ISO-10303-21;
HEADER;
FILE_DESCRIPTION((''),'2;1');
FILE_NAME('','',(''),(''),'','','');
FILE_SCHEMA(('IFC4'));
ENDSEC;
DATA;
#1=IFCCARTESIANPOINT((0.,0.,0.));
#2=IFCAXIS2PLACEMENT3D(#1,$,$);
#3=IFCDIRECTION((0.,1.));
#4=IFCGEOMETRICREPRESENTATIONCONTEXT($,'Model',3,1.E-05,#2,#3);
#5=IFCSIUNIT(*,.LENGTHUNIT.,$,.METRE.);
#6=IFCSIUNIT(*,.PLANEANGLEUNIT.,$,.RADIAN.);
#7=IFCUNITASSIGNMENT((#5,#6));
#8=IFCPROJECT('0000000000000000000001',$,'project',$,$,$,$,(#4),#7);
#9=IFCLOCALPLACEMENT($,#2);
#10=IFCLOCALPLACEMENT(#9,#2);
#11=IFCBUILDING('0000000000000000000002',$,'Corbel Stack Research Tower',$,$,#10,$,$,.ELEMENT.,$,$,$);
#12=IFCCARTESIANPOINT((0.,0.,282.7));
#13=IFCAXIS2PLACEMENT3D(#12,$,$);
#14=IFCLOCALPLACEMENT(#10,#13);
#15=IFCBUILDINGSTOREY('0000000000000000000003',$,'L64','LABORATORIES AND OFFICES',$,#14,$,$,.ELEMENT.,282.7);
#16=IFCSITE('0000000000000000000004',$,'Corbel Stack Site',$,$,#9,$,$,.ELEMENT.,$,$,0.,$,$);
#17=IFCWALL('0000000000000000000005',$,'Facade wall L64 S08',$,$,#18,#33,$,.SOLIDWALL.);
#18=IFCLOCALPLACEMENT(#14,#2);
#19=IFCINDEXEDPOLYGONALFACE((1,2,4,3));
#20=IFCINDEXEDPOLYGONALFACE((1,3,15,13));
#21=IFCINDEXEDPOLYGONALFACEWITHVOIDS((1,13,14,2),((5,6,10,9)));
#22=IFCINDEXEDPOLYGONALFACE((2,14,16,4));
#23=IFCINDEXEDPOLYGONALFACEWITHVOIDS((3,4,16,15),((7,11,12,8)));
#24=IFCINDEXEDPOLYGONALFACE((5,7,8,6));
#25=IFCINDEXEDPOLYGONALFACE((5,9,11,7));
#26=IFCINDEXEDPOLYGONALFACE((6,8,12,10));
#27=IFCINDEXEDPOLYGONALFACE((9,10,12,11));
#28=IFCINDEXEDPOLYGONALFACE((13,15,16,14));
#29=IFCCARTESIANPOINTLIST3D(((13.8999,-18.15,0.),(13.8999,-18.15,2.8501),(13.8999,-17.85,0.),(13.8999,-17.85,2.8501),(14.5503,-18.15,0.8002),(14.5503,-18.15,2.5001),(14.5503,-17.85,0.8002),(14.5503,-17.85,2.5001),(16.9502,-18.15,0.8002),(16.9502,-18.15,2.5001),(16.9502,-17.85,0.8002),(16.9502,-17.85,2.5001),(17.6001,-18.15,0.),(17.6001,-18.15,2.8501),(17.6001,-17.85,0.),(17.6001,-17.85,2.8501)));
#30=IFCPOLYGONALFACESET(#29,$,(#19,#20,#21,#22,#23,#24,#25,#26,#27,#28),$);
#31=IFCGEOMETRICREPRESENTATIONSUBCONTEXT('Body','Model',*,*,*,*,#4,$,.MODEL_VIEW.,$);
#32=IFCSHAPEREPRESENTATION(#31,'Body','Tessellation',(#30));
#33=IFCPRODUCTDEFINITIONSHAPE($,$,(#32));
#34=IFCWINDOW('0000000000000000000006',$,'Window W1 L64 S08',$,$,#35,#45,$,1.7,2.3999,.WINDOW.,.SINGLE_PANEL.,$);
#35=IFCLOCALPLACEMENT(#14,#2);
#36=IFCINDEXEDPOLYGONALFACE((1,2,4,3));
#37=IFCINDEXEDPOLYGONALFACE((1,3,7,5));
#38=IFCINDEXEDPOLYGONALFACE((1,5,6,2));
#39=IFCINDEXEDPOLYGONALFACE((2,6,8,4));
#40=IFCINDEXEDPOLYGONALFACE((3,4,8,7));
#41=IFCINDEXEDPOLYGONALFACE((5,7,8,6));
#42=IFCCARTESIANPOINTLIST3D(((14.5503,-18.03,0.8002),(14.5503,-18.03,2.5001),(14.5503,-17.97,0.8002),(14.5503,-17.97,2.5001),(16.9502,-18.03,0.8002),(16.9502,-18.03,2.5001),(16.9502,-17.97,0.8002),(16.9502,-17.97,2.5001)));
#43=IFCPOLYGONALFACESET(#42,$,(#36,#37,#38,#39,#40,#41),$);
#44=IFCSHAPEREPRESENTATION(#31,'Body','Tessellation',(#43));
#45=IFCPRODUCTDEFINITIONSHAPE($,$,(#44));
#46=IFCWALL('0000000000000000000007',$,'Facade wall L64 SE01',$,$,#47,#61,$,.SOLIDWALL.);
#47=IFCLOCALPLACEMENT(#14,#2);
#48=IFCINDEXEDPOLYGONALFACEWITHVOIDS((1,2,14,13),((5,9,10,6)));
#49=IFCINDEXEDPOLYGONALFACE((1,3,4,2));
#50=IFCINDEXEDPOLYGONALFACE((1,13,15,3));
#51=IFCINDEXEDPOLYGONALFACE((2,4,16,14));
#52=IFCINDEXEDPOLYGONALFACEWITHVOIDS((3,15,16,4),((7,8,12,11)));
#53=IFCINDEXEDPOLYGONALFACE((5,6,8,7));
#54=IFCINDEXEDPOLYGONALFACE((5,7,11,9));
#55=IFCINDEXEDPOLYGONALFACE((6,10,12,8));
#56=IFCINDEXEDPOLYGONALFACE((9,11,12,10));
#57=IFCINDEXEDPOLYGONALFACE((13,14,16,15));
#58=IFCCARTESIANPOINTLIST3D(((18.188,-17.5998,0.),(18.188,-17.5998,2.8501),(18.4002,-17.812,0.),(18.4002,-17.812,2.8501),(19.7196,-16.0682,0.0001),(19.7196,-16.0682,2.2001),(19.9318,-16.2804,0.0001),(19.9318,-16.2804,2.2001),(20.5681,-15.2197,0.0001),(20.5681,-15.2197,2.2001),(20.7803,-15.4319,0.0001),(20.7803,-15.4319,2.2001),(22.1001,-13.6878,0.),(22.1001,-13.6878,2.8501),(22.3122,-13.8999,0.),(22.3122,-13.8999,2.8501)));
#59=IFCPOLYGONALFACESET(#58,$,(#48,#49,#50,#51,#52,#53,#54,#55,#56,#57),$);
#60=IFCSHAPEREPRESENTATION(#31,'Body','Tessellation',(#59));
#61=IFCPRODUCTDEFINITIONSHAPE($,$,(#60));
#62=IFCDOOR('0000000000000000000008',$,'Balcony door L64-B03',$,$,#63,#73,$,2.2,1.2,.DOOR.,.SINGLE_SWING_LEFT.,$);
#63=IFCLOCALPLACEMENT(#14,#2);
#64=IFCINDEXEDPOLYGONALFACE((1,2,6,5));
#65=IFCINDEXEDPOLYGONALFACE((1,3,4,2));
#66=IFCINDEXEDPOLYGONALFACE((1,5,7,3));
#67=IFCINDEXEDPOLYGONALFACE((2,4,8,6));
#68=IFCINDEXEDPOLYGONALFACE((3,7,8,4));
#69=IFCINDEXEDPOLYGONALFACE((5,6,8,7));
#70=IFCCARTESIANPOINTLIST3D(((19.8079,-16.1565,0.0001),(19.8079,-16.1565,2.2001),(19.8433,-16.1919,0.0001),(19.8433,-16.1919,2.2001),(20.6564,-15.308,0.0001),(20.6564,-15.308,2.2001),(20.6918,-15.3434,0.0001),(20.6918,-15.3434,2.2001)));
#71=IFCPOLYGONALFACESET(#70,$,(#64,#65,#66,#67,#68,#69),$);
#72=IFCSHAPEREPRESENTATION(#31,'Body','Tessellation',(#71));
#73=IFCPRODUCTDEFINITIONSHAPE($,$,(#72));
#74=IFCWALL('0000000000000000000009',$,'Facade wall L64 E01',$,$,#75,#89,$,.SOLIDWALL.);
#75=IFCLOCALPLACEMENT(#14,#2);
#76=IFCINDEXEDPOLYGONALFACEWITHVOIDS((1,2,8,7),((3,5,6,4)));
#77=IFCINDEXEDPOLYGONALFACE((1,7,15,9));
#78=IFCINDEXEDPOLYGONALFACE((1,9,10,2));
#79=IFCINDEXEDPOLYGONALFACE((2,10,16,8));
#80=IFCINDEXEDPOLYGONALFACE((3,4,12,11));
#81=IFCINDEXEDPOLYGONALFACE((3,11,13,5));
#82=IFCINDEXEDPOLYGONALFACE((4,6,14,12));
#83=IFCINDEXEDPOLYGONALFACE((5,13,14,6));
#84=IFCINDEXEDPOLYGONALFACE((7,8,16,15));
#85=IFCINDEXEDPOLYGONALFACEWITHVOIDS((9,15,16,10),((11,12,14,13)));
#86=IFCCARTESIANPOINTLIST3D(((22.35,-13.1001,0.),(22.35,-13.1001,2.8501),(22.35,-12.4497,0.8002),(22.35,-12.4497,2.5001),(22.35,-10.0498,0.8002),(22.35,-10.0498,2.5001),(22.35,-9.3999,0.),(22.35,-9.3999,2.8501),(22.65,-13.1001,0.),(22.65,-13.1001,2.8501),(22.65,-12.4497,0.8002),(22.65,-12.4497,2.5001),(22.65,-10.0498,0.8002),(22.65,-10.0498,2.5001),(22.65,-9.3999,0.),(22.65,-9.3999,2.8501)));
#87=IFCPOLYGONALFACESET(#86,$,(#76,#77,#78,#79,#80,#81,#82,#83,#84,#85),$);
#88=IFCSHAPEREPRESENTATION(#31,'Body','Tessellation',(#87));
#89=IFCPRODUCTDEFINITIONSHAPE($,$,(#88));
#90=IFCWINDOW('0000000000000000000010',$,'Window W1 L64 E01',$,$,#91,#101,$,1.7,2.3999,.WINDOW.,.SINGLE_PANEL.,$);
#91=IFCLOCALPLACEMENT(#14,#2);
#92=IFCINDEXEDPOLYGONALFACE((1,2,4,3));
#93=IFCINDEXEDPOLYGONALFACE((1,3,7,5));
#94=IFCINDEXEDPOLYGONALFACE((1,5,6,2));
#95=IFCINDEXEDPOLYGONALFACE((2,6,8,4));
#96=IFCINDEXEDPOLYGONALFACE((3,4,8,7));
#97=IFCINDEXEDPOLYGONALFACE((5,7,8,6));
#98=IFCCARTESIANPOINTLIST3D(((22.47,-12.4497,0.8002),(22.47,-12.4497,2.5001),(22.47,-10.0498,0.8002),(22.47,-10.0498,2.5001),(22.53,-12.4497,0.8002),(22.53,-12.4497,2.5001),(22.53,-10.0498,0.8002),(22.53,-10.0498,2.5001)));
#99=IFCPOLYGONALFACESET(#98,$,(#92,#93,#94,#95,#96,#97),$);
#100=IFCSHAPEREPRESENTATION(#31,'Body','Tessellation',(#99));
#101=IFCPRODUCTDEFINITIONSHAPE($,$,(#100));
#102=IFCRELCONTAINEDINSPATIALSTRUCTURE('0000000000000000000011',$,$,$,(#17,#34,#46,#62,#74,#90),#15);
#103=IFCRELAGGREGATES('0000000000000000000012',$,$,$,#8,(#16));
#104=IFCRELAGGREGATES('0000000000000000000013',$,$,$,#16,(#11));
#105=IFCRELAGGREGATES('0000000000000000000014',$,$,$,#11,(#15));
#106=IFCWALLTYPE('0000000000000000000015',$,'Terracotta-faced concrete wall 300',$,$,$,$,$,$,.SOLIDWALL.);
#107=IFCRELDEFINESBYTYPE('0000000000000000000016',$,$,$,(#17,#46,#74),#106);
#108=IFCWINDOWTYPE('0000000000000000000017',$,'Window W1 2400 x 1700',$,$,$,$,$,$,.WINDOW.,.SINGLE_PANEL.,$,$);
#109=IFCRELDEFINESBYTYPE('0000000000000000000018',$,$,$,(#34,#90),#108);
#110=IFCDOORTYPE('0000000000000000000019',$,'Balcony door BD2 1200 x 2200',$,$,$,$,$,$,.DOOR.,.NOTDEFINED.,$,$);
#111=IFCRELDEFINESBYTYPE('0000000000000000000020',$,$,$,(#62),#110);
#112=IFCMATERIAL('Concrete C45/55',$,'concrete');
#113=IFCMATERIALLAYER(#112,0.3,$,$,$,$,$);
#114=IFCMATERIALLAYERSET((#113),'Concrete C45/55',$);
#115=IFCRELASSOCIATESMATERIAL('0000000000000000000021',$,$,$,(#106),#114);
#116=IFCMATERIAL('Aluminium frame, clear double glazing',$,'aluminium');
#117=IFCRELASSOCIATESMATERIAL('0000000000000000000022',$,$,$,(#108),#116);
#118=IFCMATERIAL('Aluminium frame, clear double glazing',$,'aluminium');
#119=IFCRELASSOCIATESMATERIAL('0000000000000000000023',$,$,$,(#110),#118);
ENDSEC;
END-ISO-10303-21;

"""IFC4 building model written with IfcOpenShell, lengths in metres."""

from ifc_helpers import new_model, si_unit, direction, frame, frame_2d, origin, place, context, subcontext, project, spatial, rectangle, extrude, material, layer, layer_set, type_object, element, fill, save


model = new_model("IFC4")

# Units and contexts
model_context = context("Model", 3, precision=1e-05, world=origin(), true_north=direction((0.0, 1.0)))
body_context = subcontext(model_context, "Body", "Model", "MODEL_VIEW")
ifc_project = project(units=[si_unit("LENGTHUNIT", "METRE"), si_unit("PLANEANGLEUNIT", "RADIAN")], contexts=[model_context])

# Site, building, storey
site_placement = place(None, origin())
site = spatial("IfcSite", under=ifc_project, at=site_placement, Name="Corbel Stack Site", CompositionType="ELEMENT", RefElevation=0.0)
building_placement = place(site_placement, origin())
building = spatial("IfcBuilding", under=site, at=building_placement, Name="Corbel Stack Research Tower", CompositionType="ELEMENT")
storey_placement = place(building_placement, frame((0.0, 0.0, 282.7)))
storey = spatial("IfcBuildingStorey", under=building, at=storey_placement, Name="L64", Description="LABORATORIES AND OFFICES", CompositionType="ELEMENT", Elevation=282.7)

# Shared definitions
ifc_material_1 = material(Name="Concrete C45/55", Category="concrete")
ifc_layer_1 = layer(ifc_material_1, 0.3)
ifc_layer_set_1 = layer_set([ifc_layer_1], Name="Concrete C45/55")
wall_type_1 = type_object("IfcWallType", Name="Terracotta-faced concrete wall 300", PredefinedType="SOLIDWALL", material=ifc_layer_set_1)

# Wall, opening, window
wall_1_placement = place(storey_placement, frame((17.6001, -18.0, 0.0), z_axis=(0.0, 0.0, 1.0), x_axis=(-1.0, 0.0, 0.0)))
wall_1 = element("IfcWall", 1, at=wall_1_placement, inside=storey, type_object=wall_type_1, Name="Facade wall L64 S08", PredefinedType="SOLIDWALL", context=body_context, shape_type="SweptSolid", body=[
    extrude(rectangle(XDim=3.7002, YDim=0.3, at=frame_2d((1.8501, 0.0))), origin(), (0.0, 0.0, 1.0), 2.8501),
])
opening_1_placement = place(wall_1_placement, frame((0.6499, 0.0, 0.8)))
opening_1 = element("IfcOpeningElement", 2, at=opening_1_placement, cuts=wall_1, PredefinedType="OPENING", context=body_context, shape_type="SweptSolid", body=[
    extrude(rectangle(XDim=2.3999, YDim=1.7, at=frame_2d((1.2, 0.8501))), frame((0.0, 0.1599, 0.0), z_axis=(0.0, -1.0, 0.0), x_axis=(1.0, 0.0, 0.0)), (0.0, 0.0, 1.0), 0.3201),
])
ifc_material_2 = material(Name="Aluminium frame, clear double glazing", Category="aluminium")
window_type = type_object("IfcWindowType", Name="Window W1 2400 x 1700", PartitioningType="SINGLE_PANEL", PredefinedType="WINDOW", material=ifc_material_2)
window_1_placement = place(opening_1_placement, origin())
window_1 = element("IfcWindow", 3, at=window_1_placement, inside=storey, type_object=window_type, Name="Window W1 L64 S08", OverallHeight=1.7, OverallWidth=2.3999, PartitioningType="SINGLE_PANEL", PredefinedType="WINDOW", context=body_context, shape_type="SweptSolid", body=[
    extrude(rectangle(XDim=2.3999, YDim=1.7, at=frame_2d((1.2, 0.8501))), frame((0.0, 0.03, 0.0), z_axis=(0.0, -1.0, 0.0), x_axis=(1.0, 0.0, 0.0)), (0.0, 0.0, 1.0), 0.0601),
])
fill(opening_1, window_1)

# Wall, opening, door
wall_2_placement = place(storey_placement, frame((22.2061, -13.7939, 0.0), z_axis=(0.0, 0.0, 1.0), x_axis=(-0.707107, -0.707107, 0.0)))
wall_2 = element("IfcWall", 4, at=wall_2_placement, inside=storey, type_object=wall_type_1, Name="Facade wall L64 SE01", PredefinedType="SOLIDWALL", context=body_context, shape_type="SweptSolid", body=[
    extrude(rectangle(XDim=5.5325, YDim=0.3, at=frame_2d((2.7661, 0.0))), origin(), (0.0, 0.0, 1.0), 2.8501),
])
opening_2_placement = place(wall_2_placement, frame((2.1663, 0.0, 0.0)))
opening_2 = element("IfcOpeningElement", 5, at=opening_2_placement, cuts=wall_2, PredefinedType="OPENING", context=body_context, shape_type="SweptSolid", body=[
    extrude(rectangle(XDim=1.2, YDim=2.2, at=frame_2d((0.6001, 1.1001))), frame((0.0, 0.1599, 0.0), z_axis=(0.0, -1.0, 0.0), x_axis=(1.0, 0.0, 0.0)), (0.0, 0.0, 1.0), 0.3201),
])
ifc_material_3 = material(Name="Aluminium frame, clear double glazing", Category="aluminium")
door_type_1 = type_object("IfcDoorType", Name="Balcony door BD2 1200 x 2200", OperationType="NOTDEFINED", PredefinedType="DOOR", material=ifc_material_3)
door_1_placement = place(opening_2_placement, origin())
door_1 = element("IfcDoor", 6, at=door_1_placement, inside=storey, type_object=door_type_1, Name="Balcony door L64-B03", OperationType="SINGLE_SWING_LEFT", OverallHeight=2.2, OverallWidth=1.2, PredefinedType="DOOR", context=body_context, shape_type="SweptSolid", body=[
    extrude(rectangle(XDim=1.2, YDim=2.2, at=frame_2d((0.6001, 1.1001))), frame((0.0, 0.0249, 0.0), z_axis=(0.0, -1.0, 0.0), x_axis=(1.0, 0.0, 0.0)), (0.0, 0.0, 1.0), 0.05),
])
fill(opening_2, door_1)

# Wall, opening, window
wall_3_placement = place(storey_placement, frame((22.5, -9.3999, 0.0), z_axis=(0.0, 0.0, 1.0), x_axis=(0.0, -1.0, 0.0)))
wall_3 = element("IfcWall", 7, at=wall_3_placement, inside=storey, type_object=wall_type_1, Name="Facade wall L64 E01", PredefinedType="SOLIDWALL", context=body_context, shape_type="SweptSolid", body=[
    extrude(rectangle(XDim=3.7002, YDim=0.3, at=frame_2d((1.8501, 0.0))), origin(), (0.0, 0.0, 1.0), 2.8501),
])
opening_3_placement = place(wall_3_placement, frame((0.6499, 0.0, 0.8)))
opening_3 = element("IfcOpeningElement", 8, at=opening_3_placement, cuts=wall_3, PredefinedType="OPENING", context=body_context, shape_type="SweptSolid", body=[
    extrude(rectangle(XDim=2.3999, YDim=1.7, at=frame_2d((1.2, 0.8501))), frame((0.0, 0.1599, 0.0), z_axis=(0.0, -1.0, 0.0), x_axis=(1.0, 0.0, 0.0)), (0.0, 0.0, 1.0), 0.3201),
])
window_2_placement = place(opening_3_placement, origin())
window_2 = element("IfcWindow", 9, at=window_2_placement, inside=storey, type_object=window_type, Name="Window W1 L64 E01", OverallHeight=1.7, OverallWidth=2.3999, PartitioningType="SINGLE_PANEL", PredefinedType="WINDOW", context=body_context, shape_type="SweptSolid", body=[
    extrude(rectangle(XDim=2.3999, YDim=1.7, at=frame_2d((1.2, 0.8501))), frame((0.0, 0.03, 0.0), z_axis=(0.0, -1.0, 0.0), x_axis=(1.0, 0.0, 0.0)), (0.0, 0.0, 1.0), 0.0601),
])
fill(opening_3, window_2)

save(model, "model.ifc")
